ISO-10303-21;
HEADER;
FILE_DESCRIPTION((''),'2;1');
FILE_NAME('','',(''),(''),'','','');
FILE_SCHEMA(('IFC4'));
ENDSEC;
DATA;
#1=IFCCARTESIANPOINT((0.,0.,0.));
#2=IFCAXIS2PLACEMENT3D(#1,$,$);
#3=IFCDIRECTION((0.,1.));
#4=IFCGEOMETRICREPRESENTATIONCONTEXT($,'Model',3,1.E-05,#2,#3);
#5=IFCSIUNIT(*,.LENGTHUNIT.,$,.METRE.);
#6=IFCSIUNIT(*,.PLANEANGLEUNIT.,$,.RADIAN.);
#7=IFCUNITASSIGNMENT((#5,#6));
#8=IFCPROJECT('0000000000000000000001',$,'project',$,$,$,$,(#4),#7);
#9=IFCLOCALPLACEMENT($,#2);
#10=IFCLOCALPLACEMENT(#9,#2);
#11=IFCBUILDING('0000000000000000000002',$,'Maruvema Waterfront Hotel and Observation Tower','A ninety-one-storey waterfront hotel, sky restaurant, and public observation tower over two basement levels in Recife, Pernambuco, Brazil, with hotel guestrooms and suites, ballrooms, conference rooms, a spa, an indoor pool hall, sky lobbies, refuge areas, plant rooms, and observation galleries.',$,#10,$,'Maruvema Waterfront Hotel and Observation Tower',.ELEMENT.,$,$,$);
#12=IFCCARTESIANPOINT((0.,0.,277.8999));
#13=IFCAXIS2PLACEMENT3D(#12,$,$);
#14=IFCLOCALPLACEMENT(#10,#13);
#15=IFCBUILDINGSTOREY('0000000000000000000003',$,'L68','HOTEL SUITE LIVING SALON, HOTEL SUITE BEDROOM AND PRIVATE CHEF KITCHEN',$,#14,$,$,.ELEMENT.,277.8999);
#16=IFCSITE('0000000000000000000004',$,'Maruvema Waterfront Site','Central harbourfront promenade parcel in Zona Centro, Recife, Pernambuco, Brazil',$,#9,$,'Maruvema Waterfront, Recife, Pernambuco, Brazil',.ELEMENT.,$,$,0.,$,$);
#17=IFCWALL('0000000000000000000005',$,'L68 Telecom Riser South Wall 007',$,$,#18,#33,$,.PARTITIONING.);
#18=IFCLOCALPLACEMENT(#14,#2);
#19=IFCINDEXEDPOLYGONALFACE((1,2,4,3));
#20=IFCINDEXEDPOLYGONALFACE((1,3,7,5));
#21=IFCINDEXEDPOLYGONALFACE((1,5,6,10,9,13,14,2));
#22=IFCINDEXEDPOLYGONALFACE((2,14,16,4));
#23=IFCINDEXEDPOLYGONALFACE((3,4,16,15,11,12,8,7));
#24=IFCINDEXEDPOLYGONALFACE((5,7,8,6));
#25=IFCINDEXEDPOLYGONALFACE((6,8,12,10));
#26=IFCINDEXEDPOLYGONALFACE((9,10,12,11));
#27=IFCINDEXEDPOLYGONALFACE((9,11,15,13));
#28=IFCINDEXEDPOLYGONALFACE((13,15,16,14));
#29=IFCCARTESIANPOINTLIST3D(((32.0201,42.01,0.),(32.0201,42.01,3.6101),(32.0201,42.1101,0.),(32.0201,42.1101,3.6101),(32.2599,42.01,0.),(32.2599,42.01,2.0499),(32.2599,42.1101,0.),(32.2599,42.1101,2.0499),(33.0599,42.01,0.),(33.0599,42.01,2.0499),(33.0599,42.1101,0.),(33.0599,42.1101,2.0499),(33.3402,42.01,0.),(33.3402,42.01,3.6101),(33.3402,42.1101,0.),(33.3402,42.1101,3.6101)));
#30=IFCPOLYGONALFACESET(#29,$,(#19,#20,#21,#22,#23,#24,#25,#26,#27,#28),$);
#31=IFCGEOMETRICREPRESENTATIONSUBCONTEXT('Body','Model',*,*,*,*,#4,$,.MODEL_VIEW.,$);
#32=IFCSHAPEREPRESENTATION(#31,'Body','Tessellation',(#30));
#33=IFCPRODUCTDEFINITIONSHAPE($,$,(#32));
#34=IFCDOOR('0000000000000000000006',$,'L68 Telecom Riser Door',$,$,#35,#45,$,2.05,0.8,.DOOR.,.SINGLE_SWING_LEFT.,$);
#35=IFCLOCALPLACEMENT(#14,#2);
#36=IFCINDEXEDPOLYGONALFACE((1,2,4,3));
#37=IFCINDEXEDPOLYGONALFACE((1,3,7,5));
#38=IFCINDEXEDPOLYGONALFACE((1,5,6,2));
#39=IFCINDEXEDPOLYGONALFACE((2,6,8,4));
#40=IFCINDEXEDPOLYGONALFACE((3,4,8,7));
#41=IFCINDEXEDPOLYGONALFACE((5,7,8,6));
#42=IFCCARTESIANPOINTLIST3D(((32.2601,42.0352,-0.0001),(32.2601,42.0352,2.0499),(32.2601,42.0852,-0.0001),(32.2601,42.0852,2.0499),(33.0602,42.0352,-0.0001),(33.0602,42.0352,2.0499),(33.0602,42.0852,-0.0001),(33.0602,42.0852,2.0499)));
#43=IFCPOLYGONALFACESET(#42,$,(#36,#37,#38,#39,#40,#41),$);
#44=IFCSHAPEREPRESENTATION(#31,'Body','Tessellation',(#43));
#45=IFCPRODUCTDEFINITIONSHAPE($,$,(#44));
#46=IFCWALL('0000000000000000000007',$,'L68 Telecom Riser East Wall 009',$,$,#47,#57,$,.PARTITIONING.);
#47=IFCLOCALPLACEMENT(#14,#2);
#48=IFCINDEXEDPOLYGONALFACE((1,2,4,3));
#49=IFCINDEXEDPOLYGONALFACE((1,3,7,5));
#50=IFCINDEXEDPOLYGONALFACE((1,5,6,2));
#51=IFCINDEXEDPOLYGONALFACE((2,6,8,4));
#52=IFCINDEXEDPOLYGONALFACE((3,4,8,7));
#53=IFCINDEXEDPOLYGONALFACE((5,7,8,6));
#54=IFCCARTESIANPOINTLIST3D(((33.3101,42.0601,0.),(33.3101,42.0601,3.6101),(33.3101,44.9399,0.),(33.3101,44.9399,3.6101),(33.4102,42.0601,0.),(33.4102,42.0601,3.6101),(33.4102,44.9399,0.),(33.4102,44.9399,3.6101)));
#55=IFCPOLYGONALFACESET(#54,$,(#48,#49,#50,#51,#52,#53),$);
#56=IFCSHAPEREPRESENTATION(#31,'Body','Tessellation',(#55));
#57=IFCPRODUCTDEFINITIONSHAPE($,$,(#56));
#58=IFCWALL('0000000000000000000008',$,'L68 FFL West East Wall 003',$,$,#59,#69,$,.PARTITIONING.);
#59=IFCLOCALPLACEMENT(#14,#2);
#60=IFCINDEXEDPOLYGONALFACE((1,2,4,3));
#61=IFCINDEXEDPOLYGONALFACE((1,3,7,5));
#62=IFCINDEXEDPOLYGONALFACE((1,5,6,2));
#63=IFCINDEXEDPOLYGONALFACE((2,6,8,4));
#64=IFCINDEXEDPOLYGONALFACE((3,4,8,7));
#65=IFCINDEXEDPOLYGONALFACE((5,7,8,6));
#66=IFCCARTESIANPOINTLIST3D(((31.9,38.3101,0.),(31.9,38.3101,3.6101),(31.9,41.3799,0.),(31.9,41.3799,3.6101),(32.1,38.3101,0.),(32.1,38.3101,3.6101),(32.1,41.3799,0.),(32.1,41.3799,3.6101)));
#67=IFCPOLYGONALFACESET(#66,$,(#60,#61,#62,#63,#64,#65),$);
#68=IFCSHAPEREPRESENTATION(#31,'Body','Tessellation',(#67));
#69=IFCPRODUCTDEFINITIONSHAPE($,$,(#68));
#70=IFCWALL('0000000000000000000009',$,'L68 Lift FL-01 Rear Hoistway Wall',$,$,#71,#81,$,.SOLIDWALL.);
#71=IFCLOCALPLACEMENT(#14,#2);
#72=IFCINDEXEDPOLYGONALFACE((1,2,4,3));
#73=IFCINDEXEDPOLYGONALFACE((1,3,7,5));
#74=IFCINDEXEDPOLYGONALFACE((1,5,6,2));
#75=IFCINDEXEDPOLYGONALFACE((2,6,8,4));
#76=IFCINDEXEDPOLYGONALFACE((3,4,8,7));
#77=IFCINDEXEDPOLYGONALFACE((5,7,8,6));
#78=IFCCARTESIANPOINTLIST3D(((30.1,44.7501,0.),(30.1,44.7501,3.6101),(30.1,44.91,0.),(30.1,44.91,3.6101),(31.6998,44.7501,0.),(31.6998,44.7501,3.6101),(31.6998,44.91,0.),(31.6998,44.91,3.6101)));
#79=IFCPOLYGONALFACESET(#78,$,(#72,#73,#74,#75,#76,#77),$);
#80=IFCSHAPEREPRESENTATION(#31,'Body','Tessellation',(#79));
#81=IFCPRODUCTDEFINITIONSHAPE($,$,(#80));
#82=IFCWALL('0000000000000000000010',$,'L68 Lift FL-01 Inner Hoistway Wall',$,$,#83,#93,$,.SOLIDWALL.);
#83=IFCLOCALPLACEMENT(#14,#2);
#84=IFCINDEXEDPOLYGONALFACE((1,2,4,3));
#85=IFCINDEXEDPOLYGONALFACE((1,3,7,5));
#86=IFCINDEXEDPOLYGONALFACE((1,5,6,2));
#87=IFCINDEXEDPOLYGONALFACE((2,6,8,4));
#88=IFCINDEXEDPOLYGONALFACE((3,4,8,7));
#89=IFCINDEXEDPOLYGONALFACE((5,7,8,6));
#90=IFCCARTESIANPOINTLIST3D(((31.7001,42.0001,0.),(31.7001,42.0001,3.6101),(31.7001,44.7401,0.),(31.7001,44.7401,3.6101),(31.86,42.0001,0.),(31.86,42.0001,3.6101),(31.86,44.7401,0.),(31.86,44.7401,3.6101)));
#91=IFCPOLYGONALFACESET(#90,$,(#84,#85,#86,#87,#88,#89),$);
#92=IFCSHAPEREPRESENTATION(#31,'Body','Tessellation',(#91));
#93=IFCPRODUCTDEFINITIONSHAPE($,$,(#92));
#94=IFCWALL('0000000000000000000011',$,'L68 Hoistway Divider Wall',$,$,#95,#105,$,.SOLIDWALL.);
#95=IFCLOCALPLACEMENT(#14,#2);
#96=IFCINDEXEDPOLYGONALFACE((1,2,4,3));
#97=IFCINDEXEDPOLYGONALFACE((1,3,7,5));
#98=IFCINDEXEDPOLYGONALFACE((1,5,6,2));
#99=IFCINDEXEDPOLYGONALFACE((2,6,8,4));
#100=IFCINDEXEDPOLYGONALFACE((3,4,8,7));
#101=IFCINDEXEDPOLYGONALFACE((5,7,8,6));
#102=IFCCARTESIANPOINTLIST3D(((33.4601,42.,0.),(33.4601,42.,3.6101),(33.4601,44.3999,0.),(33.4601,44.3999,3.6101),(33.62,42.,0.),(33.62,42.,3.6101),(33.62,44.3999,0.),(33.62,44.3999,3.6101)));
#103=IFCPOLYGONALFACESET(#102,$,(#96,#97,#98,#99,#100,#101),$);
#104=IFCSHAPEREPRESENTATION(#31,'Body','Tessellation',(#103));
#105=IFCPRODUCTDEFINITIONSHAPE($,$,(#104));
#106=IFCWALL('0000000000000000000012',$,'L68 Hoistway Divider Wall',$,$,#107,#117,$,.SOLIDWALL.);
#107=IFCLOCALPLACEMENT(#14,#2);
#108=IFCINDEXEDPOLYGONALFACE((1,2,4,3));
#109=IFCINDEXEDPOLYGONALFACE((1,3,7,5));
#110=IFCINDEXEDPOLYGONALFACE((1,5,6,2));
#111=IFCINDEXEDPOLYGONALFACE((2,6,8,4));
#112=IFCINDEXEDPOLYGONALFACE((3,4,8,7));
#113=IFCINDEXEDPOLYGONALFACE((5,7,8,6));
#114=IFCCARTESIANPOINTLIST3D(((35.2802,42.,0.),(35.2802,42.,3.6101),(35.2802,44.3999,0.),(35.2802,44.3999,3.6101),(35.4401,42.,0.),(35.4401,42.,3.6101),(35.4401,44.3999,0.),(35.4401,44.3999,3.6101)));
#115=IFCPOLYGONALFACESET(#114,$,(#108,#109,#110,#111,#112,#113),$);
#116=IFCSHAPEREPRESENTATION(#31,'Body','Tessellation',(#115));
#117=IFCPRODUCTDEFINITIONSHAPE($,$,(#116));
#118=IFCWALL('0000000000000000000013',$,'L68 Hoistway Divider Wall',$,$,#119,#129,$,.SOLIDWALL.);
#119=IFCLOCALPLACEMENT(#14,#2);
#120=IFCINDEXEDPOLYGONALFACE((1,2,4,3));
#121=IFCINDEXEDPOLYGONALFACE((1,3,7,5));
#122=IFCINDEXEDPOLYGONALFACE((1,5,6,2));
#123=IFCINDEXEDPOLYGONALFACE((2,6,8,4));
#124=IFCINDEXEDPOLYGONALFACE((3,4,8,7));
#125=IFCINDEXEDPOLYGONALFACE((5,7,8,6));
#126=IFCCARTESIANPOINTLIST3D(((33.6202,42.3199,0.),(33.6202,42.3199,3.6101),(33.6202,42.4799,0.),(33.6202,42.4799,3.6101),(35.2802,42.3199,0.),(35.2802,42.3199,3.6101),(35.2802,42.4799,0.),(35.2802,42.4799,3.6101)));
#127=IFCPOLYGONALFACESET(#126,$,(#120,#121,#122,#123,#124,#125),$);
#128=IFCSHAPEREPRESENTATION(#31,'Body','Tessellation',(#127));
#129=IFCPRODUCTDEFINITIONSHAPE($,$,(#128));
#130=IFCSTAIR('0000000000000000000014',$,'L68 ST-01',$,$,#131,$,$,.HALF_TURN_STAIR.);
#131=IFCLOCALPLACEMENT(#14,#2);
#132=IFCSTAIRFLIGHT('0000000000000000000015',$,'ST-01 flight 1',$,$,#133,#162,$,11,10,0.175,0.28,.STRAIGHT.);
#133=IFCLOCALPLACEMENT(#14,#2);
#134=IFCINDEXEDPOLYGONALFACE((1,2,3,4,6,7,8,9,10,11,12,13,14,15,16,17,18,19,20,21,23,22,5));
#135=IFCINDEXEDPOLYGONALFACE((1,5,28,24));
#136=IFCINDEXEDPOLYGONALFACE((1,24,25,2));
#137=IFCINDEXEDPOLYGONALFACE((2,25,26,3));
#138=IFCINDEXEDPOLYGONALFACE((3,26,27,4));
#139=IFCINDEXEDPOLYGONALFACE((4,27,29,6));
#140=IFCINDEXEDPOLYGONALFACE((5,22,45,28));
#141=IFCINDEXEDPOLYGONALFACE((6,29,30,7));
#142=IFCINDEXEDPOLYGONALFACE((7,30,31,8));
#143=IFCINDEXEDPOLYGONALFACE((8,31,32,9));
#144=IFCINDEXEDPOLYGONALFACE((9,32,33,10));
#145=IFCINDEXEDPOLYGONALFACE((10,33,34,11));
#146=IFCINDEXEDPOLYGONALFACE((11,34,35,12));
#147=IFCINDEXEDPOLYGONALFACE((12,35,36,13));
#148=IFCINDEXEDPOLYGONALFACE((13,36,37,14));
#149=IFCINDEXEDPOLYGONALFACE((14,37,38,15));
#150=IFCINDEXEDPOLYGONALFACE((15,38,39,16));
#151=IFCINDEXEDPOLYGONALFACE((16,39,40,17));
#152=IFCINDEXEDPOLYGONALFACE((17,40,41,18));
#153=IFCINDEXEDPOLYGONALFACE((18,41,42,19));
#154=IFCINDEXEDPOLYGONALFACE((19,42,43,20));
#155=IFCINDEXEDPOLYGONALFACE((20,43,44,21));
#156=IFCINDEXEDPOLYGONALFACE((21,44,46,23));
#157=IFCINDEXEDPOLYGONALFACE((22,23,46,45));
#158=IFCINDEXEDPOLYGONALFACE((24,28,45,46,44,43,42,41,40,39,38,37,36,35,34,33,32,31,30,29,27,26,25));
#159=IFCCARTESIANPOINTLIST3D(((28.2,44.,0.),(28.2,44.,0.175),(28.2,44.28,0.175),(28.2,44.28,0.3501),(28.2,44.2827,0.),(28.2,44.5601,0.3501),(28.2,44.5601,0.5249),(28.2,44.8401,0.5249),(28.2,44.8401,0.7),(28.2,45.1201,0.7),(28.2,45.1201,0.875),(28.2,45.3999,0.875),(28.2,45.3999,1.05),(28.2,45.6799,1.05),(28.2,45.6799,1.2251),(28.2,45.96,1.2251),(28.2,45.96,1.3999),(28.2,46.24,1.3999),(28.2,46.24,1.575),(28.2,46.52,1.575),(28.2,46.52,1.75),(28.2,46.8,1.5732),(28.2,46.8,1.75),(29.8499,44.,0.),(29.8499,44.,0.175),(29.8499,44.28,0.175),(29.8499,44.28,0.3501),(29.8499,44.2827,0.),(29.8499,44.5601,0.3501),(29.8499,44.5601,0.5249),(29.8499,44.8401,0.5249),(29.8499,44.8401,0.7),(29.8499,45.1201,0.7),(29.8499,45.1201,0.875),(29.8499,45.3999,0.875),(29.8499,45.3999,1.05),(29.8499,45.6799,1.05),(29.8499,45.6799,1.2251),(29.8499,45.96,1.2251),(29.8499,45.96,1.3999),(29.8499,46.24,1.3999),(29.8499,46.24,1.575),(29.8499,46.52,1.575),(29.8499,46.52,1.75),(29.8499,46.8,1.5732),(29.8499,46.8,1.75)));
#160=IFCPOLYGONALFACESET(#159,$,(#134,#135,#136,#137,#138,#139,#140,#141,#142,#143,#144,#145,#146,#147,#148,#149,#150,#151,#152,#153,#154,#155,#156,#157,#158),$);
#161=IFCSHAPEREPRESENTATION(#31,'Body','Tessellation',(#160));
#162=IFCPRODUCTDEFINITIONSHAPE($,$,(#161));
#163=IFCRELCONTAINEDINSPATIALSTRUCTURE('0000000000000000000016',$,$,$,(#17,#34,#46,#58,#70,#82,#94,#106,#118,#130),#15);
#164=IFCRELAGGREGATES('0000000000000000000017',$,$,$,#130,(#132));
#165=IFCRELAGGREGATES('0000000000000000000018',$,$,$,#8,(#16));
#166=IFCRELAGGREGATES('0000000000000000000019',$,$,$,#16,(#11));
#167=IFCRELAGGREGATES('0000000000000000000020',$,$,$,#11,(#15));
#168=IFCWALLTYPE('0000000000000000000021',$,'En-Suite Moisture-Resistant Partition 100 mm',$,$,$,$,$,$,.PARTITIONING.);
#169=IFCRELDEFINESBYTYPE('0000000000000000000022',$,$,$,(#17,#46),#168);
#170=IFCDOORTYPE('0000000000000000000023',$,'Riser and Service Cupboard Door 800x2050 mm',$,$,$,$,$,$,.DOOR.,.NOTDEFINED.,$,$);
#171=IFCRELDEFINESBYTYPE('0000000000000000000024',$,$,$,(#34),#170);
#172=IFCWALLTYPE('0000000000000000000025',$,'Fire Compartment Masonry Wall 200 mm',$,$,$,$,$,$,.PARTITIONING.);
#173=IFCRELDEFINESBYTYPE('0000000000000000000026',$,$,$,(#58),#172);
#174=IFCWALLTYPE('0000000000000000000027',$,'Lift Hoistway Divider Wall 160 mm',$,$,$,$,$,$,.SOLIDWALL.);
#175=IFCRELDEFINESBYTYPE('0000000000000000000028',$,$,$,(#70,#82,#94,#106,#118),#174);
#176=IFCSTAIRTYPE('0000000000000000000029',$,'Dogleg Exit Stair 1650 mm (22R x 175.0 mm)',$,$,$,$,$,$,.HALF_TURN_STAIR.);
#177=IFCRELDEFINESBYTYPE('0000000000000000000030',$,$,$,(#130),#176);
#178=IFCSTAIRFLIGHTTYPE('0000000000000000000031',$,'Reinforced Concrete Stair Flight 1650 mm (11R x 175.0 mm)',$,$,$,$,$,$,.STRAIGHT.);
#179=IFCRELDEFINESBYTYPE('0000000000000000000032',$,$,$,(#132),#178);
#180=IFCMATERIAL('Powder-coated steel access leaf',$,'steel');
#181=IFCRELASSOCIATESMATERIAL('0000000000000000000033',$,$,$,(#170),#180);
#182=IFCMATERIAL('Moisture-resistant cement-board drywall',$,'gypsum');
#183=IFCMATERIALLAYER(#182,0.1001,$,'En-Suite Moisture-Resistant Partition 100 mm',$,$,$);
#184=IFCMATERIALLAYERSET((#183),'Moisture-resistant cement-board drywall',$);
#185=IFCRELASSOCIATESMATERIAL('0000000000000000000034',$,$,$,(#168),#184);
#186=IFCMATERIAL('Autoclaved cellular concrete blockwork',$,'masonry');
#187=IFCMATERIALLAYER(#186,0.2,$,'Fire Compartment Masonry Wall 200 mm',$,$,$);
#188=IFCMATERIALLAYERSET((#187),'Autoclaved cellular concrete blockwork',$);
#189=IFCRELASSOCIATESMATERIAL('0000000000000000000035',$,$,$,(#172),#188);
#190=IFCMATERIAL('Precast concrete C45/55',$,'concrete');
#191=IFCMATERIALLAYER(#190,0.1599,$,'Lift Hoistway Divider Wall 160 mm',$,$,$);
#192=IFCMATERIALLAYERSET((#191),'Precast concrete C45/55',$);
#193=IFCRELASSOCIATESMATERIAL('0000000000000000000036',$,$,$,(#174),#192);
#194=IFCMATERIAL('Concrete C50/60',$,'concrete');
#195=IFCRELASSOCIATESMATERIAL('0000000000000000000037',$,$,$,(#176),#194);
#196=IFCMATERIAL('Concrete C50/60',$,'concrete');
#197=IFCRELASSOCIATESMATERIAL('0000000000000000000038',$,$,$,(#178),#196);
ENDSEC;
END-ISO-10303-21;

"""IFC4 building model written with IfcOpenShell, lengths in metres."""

from ifc_helpers import new_model, si_unit, direction, frame, frame_2d, origin, place, context, subcontext, project, spatial, polyline, rectangle, outline, extrude, material, layer, layer_set, type_object, element, fill, aggregate, save


model = new_model("IFC4")

# Units and contexts
model_context = context("Model", 3, precision=1e-05, world=origin(), true_north=direction((0.0, 1.0)))
body_context = subcontext(model_context, "Body", "Model", "MODEL_VIEW")
ifc_project = project(units=[si_unit("LENGTHUNIT", "METRE"), si_unit("PLANEANGLEUNIT", "RADIAN")], contexts=[model_context])

# Site, building, storey
site_placement = place(None, origin())
site = spatial("IfcSite", under=ifc_project, at=site_placement, Name="Maruvema Waterfront Site", Description="Central harbourfront promenade parcel in Zona Centro, Recife, Pernambuco, Brazil", LongName="Maruvema Waterfront, Recife, Pernambuco, Brazil", CompositionType="ELEMENT", RefElevation=0.0)
building_placement = place(site_placement, origin())
building = spatial("IfcBuilding", under=site, at=building_placement, Name="Maruvema Waterfront Hotel and Observation Tower", Description="A ninety-one-storey waterfront hotel, sky restaurant, and public observation tower over two basement levels in Recife, Pernambuco, Brazil, with hotel guestrooms and suites, ballrooms, conference rooms, a spa, an indoor pool hall, sky lobbies, refuge areas, plant rooms, and observation galleries.", LongName="Maruvema Waterfront Hotel and Observation Tower", CompositionType="ELEMENT")
storey_placement = place(building_placement, frame((0.0, 0.0, 277.8999)))
storey = spatial("IfcBuildingStorey", under=building, at=storey_placement, Name="L68", Description="HOTEL SUITE LIVING SALON, HOTEL SUITE BEDROOM AND PRIVATE CHEF KITCHEN", CompositionType="ELEMENT", Elevation=277.8999)

# Shared definitions
ifc_material_1 = material(Name="Powder-coated steel access leaf", Category="steel")
door_type = type_object("IfcDoorType", Name="Riser and Service Cupboard Door 800x2050 mm", OperationType="NOTDEFINED", PredefinedType="DOOR", material=ifc_material_1)

# Wall, opening, door
ifc_material_2 = material(Name="Moisture-resistant cement-board drywall", Category="gypsum")
ifc_layer_1 = layer(ifc_material_2, 0.1001, Name="En-Suite Moisture-Resistant Partition 100 mm")
ifc_layer_set_1 = layer_set([ifc_layer_1], Name="Moisture-resistant cement-board drywall")
wall_type_1 = type_object("IfcWallType", Name="En-Suite Moisture-Resistant Partition 100 mm", PredefinedType="PARTITIONING", material=ifc_layer_set_1)
wall_1_placement = place(storey_placement, frame((32.02, 42.0601, 0.0), z_axis=(0.0, 0.0, 1.0), x_axis=(1.0, 0.0, 0.0)))
wall_1 = element("IfcWall", 1, at=wall_1_placement, inside=storey, type_object=wall_type_1, Name="L68 Telecom Riser South Wall 007", PredefinedType="PARTITIONING", context=body_context, shape_type="SweptSolid", body=[
    extrude(rectangle(XDim=1.3201, YDim=0.1001, at=frame_2d((0.6602, 0.0))), origin(), (0.0, 0.0, 1.0), 3.6101),
])
opening_1_placement = place(wall_1_placement, frame((0.24, 0.0, 0.0)))
opening_1 = element("IfcOpeningElement", 2, at=opening_1_placement, cuts=wall_1, PredefinedType="OPENING", context=body_context, shape_type="SweptSolid", body=[
    extrude(rectangle(XDim=0.8, YDim=2.05, at=frame_2d((0.3999, 1.0249))), frame((0.0, 0.0601, 0.0), z_axis=(0.0, -1.0, 0.0), x_axis=(1.0, 0.0, 0.0)), (0.0, 0.0, 1.0), 0.1201),
])
door_1_placement = place(opening_1_placement, frame((0.8, 0.0, 0.0), z_axis=(0.0, 0.0, 1.0), x_axis=(-1.0, 0.0, 0.0)))
door_1 = element("IfcDoor", 3, at=door_1_placement, inside=storey, type_object=door_type, Name="L68 Telecom Riser Door", OperationType="SINGLE_SWING_LEFT", OverallHeight=2.05, OverallWidth=0.8, PredefinedType="DOOR", context=body_context, shape_type="SweptSolid", body=[
    extrude(rectangle(XDim=0.8, YDim=2.05, at=frame_2d((0.3999, 1.0249))), frame((0.0, 0.0249, 0.0), z_axis=(0.0, -1.0, 0.0), x_axis=(1.0, 0.0, 0.0)), (0.0, 0.0, 1.0), 0.05),
])
fill(opening_1, door_1)

# Walls
wall_2_placement = place(storey_placement, frame((33.3601, 42.0601, 0.0), z_axis=(0.0, 0.0, 1.0), x_axis=(0.0, 1.0, 0.0)))
element("IfcWall", 4, at=wall_2_placement, inside=storey, type_object=wall_type_1, Name="L68 Telecom Riser East Wall 009", PredefinedType="PARTITIONING", context=body_context, shape_type="SweptSolid", body=[
    extrude(rectangle(XDim=2.8799, YDim=0.1001, at=frame_2d((1.4399, 0.0))), origin(), (0.0, 0.0, 1.0), 3.6101),
])
ifc_material_3 = material(Name="Autoclaved cellular concrete blockwork", Category="masonry")
ifc_layer_2 = layer(ifc_material_3, 0.2, Name="Fire Compartment Masonry Wall 200 mm")
ifc_layer_set_2 = layer_set([ifc_layer_2], Name="Autoclaved cellular concrete blockwork")
wall_type_2 = type_object("IfcWallType", Name="Fire Compartment Masonry Wall 200 mm", PredefinedType="PARTITIONING", material=ifc_layer_set_2)
wall_3_placement = place(storey_placement, frame((32.0, 38.3101, 0.0), z_axis=(0.0, 0.0, 1.0), x_axis=(0.0, 1.0, 0.0)))
element("IfcWall", 5, at=wall_3_placement, inside=storey, type_object=wall_type_2, Name="L68 FFL West East Wall 003", PredefinedType="PARTITIONING", context=body_context, shape_type="SweptSolid", body=[
    extrude(rectangle(XDim=3.0698, YDim=0.2, at=frame_2d((1.5349, 0.0))), origin(), (0.0, 0.0, 1.0), 3.6101),
])
ifc_material_4 = material(Name="Precast concrete C45/55", Category="concrete")
ifc_layer_3 = layer(ifc_material_4, 0.1599, Name="Lift Hoistway Divider Wall 160 mm")
ifc_layer_set_3 = layer_set([ifc_layer_3], Name="Precast concrete C45/55")
wall_type_3 = type_object("IfcWallType", Name="Lift Hoistway Divider Wall 160 mm", PredefinedType="SOLIDWALL", material=ifc_layer_set_3)
wall_4_placement = place(storey_placement, frame((30.1001, 44.8301, 0.0), z_axis=(0.0, 0.0, 1.0), x_axis=(1.0, 0.0, 0.0)))
element("IfcWall", 6, at=wall_4_placement, inside=storey, type_object=wall_type_3, Name="L68 Lift FL-01 Rear Hoistway Wall", PredefinedType="SOLIDWALL", context=body_context, shape_type="SweptSolid", body=[
    extrude(rectangle(XDim=1.5999, YDim=0.1599, at=frame_2d((0.7998, 0.0))), origin(), (0.0, 0.0, 1.0), 3.6101),
])
wall_5_placement = place(storey_placement, frame((31.78, 42.0, 0.0), z_axis=(0.0, 0.0, 1.0), x_axis=(0.0, 1.0, 0.0)))
element("IfcWall", 7, at=wall_5_placement, inside=storey, type_object=wall_type_3, Name="L68 Lift FL-01 Inner Hoistway Wall", PredefinedType="SOLIDWALL", context=body_context, shape_type="SweptSolid", body=[
    extrude(rectangle(XDim=2.74, YDim=0.1599, at=frame_2d((1.3701, 0.0))), origin(), (0.0, 0.0, 1.0), 3.6101),
])
for number, where, z_axis, x_axis, name in (
    (8, (33.54, 42.0, 0.0), (0.0, 0.0, 1.0), (0.0, 1.0, 0.0), "L68 Hoistway Divider Wall"),
    (9, (35.3601, 42.0, 0.0), (0.0, 0.0, 1.0), (0.0, 1.0, 0.0), "L68 Hoistway Divider Wall"),
):
    element("IfcWall", number, at=place(storey_placement, frame(where, z_axis=z_axis, x_axis=x_axis)), inside=storey, type_object=wall_type_3, Name=name, PredefinedType="SOLIDWALL", context=body_context, shape_type="SweptSolid", body=[
        extrude(rectangle(XDim=2.3999, YDim=0.1599, at=frame_2d((1.2, 0.0))), origin(), (0.0, 0.0, 1.0), 3.6101),
    ])
wall_6_placement = place(storey_placement, frame((33.6201, 42.3999, 0.0), z_axis=(0.0, 0.0, 1.0), x_axis=(1.0, 0.0, 0.0)))
element("IfcWall", 10, at=wall_6_placement, inside=storey, type_object=wall_type_3, Name="L68 Hoistway Divider Wall", PredefinedType="SOLIDWALL", context=body_context, shape_type="SweptSolid", body=[
    extrude(rectangle(XDim=1.6599, YDim=0.1599, at=frame_2d((0.8301, 0.0))), origin(), (0.0, 0.0, 1.0), 3.6101),
])

# Stair, stair flight
ifc_material_5 = material(Name="Concrete C50/60", Category="concrete")
stair_type = type_object("IfcStairType", Name="Dogleg Exit Stair 1650 mm (22R x 175.0 mm)", PredefinedType="HALF_TURN_STAIR", material=ifc_material_5)
stair_placement = place(storey_placement, origin())
stair = element("IfcStair", 11, at=stair_placement, inside=storey, type_object=stair_type, Name="L68 ST-01", PredefinedType="HALF_TURN_STAIR")
ifc_material_6 = material(Name="Concrete C50/60", Category="concrete")
stair_flight_type = type_object("IfcStairFlightType", Name="Reinforced Concrete Stair Flight 1650 mm (11R x 175.0 mm)", PredefinedType="STRAIGHT", material=ifc_material_6)
stair_flight_placement = place(storey_placement, frame((29.0249, 44.0, 0.0), z_axis=(0.0, 0.0, 1.0), x_axis=(0.0, 1.0, 0.0)))
stair_flight = element("IfcStairFlight", 12, at=stair_flight_placement, type_object=stair_flight_type, Name="ST-01 flight 1", NumberOfRisers=11, NumberOfTreads=10, PredefinedType="STRAIGHT", RiserHeight=0.175, TreadLength=0.28, context=body_context, shape_type="SweptSolid", body=[
    extrude(outline(polyline([(0.0, 0.0), (0.0, 0.175), (0.28, 0.175), (0.28, 0.3501), (0.5601, 0.3501), (0.5601, 0.5249), (0.8401, 0.5249), (0.8401, 0.7), (1.1201, 0.7), (1.1201, 0.875), (1.3999, 0.875), (1.3999, 1.05), (1.6799, 1.05), (1.6799, 1.2251), (1.96, 1.2251), (1.96, 1.3999), (2.24, 1.3999), (2.24, 1.575), (2.52, 1.575), (2.52, 1.75), (2.8, 1.75), (2.8, 1.925), (2.8, 1.5732), (0.2827, 0.0), (0.0, 0.0)])), frame((0.0, 0.825, 0.0), z_axis=(0.0, -1.0, 0.0), x_axis=(1.0, 0.0, 0.0)), (0.0, 0.0, 1.0), 1.6499),
])
aggregate(stair, [stair_flight])

save(model, "model.ifc")
